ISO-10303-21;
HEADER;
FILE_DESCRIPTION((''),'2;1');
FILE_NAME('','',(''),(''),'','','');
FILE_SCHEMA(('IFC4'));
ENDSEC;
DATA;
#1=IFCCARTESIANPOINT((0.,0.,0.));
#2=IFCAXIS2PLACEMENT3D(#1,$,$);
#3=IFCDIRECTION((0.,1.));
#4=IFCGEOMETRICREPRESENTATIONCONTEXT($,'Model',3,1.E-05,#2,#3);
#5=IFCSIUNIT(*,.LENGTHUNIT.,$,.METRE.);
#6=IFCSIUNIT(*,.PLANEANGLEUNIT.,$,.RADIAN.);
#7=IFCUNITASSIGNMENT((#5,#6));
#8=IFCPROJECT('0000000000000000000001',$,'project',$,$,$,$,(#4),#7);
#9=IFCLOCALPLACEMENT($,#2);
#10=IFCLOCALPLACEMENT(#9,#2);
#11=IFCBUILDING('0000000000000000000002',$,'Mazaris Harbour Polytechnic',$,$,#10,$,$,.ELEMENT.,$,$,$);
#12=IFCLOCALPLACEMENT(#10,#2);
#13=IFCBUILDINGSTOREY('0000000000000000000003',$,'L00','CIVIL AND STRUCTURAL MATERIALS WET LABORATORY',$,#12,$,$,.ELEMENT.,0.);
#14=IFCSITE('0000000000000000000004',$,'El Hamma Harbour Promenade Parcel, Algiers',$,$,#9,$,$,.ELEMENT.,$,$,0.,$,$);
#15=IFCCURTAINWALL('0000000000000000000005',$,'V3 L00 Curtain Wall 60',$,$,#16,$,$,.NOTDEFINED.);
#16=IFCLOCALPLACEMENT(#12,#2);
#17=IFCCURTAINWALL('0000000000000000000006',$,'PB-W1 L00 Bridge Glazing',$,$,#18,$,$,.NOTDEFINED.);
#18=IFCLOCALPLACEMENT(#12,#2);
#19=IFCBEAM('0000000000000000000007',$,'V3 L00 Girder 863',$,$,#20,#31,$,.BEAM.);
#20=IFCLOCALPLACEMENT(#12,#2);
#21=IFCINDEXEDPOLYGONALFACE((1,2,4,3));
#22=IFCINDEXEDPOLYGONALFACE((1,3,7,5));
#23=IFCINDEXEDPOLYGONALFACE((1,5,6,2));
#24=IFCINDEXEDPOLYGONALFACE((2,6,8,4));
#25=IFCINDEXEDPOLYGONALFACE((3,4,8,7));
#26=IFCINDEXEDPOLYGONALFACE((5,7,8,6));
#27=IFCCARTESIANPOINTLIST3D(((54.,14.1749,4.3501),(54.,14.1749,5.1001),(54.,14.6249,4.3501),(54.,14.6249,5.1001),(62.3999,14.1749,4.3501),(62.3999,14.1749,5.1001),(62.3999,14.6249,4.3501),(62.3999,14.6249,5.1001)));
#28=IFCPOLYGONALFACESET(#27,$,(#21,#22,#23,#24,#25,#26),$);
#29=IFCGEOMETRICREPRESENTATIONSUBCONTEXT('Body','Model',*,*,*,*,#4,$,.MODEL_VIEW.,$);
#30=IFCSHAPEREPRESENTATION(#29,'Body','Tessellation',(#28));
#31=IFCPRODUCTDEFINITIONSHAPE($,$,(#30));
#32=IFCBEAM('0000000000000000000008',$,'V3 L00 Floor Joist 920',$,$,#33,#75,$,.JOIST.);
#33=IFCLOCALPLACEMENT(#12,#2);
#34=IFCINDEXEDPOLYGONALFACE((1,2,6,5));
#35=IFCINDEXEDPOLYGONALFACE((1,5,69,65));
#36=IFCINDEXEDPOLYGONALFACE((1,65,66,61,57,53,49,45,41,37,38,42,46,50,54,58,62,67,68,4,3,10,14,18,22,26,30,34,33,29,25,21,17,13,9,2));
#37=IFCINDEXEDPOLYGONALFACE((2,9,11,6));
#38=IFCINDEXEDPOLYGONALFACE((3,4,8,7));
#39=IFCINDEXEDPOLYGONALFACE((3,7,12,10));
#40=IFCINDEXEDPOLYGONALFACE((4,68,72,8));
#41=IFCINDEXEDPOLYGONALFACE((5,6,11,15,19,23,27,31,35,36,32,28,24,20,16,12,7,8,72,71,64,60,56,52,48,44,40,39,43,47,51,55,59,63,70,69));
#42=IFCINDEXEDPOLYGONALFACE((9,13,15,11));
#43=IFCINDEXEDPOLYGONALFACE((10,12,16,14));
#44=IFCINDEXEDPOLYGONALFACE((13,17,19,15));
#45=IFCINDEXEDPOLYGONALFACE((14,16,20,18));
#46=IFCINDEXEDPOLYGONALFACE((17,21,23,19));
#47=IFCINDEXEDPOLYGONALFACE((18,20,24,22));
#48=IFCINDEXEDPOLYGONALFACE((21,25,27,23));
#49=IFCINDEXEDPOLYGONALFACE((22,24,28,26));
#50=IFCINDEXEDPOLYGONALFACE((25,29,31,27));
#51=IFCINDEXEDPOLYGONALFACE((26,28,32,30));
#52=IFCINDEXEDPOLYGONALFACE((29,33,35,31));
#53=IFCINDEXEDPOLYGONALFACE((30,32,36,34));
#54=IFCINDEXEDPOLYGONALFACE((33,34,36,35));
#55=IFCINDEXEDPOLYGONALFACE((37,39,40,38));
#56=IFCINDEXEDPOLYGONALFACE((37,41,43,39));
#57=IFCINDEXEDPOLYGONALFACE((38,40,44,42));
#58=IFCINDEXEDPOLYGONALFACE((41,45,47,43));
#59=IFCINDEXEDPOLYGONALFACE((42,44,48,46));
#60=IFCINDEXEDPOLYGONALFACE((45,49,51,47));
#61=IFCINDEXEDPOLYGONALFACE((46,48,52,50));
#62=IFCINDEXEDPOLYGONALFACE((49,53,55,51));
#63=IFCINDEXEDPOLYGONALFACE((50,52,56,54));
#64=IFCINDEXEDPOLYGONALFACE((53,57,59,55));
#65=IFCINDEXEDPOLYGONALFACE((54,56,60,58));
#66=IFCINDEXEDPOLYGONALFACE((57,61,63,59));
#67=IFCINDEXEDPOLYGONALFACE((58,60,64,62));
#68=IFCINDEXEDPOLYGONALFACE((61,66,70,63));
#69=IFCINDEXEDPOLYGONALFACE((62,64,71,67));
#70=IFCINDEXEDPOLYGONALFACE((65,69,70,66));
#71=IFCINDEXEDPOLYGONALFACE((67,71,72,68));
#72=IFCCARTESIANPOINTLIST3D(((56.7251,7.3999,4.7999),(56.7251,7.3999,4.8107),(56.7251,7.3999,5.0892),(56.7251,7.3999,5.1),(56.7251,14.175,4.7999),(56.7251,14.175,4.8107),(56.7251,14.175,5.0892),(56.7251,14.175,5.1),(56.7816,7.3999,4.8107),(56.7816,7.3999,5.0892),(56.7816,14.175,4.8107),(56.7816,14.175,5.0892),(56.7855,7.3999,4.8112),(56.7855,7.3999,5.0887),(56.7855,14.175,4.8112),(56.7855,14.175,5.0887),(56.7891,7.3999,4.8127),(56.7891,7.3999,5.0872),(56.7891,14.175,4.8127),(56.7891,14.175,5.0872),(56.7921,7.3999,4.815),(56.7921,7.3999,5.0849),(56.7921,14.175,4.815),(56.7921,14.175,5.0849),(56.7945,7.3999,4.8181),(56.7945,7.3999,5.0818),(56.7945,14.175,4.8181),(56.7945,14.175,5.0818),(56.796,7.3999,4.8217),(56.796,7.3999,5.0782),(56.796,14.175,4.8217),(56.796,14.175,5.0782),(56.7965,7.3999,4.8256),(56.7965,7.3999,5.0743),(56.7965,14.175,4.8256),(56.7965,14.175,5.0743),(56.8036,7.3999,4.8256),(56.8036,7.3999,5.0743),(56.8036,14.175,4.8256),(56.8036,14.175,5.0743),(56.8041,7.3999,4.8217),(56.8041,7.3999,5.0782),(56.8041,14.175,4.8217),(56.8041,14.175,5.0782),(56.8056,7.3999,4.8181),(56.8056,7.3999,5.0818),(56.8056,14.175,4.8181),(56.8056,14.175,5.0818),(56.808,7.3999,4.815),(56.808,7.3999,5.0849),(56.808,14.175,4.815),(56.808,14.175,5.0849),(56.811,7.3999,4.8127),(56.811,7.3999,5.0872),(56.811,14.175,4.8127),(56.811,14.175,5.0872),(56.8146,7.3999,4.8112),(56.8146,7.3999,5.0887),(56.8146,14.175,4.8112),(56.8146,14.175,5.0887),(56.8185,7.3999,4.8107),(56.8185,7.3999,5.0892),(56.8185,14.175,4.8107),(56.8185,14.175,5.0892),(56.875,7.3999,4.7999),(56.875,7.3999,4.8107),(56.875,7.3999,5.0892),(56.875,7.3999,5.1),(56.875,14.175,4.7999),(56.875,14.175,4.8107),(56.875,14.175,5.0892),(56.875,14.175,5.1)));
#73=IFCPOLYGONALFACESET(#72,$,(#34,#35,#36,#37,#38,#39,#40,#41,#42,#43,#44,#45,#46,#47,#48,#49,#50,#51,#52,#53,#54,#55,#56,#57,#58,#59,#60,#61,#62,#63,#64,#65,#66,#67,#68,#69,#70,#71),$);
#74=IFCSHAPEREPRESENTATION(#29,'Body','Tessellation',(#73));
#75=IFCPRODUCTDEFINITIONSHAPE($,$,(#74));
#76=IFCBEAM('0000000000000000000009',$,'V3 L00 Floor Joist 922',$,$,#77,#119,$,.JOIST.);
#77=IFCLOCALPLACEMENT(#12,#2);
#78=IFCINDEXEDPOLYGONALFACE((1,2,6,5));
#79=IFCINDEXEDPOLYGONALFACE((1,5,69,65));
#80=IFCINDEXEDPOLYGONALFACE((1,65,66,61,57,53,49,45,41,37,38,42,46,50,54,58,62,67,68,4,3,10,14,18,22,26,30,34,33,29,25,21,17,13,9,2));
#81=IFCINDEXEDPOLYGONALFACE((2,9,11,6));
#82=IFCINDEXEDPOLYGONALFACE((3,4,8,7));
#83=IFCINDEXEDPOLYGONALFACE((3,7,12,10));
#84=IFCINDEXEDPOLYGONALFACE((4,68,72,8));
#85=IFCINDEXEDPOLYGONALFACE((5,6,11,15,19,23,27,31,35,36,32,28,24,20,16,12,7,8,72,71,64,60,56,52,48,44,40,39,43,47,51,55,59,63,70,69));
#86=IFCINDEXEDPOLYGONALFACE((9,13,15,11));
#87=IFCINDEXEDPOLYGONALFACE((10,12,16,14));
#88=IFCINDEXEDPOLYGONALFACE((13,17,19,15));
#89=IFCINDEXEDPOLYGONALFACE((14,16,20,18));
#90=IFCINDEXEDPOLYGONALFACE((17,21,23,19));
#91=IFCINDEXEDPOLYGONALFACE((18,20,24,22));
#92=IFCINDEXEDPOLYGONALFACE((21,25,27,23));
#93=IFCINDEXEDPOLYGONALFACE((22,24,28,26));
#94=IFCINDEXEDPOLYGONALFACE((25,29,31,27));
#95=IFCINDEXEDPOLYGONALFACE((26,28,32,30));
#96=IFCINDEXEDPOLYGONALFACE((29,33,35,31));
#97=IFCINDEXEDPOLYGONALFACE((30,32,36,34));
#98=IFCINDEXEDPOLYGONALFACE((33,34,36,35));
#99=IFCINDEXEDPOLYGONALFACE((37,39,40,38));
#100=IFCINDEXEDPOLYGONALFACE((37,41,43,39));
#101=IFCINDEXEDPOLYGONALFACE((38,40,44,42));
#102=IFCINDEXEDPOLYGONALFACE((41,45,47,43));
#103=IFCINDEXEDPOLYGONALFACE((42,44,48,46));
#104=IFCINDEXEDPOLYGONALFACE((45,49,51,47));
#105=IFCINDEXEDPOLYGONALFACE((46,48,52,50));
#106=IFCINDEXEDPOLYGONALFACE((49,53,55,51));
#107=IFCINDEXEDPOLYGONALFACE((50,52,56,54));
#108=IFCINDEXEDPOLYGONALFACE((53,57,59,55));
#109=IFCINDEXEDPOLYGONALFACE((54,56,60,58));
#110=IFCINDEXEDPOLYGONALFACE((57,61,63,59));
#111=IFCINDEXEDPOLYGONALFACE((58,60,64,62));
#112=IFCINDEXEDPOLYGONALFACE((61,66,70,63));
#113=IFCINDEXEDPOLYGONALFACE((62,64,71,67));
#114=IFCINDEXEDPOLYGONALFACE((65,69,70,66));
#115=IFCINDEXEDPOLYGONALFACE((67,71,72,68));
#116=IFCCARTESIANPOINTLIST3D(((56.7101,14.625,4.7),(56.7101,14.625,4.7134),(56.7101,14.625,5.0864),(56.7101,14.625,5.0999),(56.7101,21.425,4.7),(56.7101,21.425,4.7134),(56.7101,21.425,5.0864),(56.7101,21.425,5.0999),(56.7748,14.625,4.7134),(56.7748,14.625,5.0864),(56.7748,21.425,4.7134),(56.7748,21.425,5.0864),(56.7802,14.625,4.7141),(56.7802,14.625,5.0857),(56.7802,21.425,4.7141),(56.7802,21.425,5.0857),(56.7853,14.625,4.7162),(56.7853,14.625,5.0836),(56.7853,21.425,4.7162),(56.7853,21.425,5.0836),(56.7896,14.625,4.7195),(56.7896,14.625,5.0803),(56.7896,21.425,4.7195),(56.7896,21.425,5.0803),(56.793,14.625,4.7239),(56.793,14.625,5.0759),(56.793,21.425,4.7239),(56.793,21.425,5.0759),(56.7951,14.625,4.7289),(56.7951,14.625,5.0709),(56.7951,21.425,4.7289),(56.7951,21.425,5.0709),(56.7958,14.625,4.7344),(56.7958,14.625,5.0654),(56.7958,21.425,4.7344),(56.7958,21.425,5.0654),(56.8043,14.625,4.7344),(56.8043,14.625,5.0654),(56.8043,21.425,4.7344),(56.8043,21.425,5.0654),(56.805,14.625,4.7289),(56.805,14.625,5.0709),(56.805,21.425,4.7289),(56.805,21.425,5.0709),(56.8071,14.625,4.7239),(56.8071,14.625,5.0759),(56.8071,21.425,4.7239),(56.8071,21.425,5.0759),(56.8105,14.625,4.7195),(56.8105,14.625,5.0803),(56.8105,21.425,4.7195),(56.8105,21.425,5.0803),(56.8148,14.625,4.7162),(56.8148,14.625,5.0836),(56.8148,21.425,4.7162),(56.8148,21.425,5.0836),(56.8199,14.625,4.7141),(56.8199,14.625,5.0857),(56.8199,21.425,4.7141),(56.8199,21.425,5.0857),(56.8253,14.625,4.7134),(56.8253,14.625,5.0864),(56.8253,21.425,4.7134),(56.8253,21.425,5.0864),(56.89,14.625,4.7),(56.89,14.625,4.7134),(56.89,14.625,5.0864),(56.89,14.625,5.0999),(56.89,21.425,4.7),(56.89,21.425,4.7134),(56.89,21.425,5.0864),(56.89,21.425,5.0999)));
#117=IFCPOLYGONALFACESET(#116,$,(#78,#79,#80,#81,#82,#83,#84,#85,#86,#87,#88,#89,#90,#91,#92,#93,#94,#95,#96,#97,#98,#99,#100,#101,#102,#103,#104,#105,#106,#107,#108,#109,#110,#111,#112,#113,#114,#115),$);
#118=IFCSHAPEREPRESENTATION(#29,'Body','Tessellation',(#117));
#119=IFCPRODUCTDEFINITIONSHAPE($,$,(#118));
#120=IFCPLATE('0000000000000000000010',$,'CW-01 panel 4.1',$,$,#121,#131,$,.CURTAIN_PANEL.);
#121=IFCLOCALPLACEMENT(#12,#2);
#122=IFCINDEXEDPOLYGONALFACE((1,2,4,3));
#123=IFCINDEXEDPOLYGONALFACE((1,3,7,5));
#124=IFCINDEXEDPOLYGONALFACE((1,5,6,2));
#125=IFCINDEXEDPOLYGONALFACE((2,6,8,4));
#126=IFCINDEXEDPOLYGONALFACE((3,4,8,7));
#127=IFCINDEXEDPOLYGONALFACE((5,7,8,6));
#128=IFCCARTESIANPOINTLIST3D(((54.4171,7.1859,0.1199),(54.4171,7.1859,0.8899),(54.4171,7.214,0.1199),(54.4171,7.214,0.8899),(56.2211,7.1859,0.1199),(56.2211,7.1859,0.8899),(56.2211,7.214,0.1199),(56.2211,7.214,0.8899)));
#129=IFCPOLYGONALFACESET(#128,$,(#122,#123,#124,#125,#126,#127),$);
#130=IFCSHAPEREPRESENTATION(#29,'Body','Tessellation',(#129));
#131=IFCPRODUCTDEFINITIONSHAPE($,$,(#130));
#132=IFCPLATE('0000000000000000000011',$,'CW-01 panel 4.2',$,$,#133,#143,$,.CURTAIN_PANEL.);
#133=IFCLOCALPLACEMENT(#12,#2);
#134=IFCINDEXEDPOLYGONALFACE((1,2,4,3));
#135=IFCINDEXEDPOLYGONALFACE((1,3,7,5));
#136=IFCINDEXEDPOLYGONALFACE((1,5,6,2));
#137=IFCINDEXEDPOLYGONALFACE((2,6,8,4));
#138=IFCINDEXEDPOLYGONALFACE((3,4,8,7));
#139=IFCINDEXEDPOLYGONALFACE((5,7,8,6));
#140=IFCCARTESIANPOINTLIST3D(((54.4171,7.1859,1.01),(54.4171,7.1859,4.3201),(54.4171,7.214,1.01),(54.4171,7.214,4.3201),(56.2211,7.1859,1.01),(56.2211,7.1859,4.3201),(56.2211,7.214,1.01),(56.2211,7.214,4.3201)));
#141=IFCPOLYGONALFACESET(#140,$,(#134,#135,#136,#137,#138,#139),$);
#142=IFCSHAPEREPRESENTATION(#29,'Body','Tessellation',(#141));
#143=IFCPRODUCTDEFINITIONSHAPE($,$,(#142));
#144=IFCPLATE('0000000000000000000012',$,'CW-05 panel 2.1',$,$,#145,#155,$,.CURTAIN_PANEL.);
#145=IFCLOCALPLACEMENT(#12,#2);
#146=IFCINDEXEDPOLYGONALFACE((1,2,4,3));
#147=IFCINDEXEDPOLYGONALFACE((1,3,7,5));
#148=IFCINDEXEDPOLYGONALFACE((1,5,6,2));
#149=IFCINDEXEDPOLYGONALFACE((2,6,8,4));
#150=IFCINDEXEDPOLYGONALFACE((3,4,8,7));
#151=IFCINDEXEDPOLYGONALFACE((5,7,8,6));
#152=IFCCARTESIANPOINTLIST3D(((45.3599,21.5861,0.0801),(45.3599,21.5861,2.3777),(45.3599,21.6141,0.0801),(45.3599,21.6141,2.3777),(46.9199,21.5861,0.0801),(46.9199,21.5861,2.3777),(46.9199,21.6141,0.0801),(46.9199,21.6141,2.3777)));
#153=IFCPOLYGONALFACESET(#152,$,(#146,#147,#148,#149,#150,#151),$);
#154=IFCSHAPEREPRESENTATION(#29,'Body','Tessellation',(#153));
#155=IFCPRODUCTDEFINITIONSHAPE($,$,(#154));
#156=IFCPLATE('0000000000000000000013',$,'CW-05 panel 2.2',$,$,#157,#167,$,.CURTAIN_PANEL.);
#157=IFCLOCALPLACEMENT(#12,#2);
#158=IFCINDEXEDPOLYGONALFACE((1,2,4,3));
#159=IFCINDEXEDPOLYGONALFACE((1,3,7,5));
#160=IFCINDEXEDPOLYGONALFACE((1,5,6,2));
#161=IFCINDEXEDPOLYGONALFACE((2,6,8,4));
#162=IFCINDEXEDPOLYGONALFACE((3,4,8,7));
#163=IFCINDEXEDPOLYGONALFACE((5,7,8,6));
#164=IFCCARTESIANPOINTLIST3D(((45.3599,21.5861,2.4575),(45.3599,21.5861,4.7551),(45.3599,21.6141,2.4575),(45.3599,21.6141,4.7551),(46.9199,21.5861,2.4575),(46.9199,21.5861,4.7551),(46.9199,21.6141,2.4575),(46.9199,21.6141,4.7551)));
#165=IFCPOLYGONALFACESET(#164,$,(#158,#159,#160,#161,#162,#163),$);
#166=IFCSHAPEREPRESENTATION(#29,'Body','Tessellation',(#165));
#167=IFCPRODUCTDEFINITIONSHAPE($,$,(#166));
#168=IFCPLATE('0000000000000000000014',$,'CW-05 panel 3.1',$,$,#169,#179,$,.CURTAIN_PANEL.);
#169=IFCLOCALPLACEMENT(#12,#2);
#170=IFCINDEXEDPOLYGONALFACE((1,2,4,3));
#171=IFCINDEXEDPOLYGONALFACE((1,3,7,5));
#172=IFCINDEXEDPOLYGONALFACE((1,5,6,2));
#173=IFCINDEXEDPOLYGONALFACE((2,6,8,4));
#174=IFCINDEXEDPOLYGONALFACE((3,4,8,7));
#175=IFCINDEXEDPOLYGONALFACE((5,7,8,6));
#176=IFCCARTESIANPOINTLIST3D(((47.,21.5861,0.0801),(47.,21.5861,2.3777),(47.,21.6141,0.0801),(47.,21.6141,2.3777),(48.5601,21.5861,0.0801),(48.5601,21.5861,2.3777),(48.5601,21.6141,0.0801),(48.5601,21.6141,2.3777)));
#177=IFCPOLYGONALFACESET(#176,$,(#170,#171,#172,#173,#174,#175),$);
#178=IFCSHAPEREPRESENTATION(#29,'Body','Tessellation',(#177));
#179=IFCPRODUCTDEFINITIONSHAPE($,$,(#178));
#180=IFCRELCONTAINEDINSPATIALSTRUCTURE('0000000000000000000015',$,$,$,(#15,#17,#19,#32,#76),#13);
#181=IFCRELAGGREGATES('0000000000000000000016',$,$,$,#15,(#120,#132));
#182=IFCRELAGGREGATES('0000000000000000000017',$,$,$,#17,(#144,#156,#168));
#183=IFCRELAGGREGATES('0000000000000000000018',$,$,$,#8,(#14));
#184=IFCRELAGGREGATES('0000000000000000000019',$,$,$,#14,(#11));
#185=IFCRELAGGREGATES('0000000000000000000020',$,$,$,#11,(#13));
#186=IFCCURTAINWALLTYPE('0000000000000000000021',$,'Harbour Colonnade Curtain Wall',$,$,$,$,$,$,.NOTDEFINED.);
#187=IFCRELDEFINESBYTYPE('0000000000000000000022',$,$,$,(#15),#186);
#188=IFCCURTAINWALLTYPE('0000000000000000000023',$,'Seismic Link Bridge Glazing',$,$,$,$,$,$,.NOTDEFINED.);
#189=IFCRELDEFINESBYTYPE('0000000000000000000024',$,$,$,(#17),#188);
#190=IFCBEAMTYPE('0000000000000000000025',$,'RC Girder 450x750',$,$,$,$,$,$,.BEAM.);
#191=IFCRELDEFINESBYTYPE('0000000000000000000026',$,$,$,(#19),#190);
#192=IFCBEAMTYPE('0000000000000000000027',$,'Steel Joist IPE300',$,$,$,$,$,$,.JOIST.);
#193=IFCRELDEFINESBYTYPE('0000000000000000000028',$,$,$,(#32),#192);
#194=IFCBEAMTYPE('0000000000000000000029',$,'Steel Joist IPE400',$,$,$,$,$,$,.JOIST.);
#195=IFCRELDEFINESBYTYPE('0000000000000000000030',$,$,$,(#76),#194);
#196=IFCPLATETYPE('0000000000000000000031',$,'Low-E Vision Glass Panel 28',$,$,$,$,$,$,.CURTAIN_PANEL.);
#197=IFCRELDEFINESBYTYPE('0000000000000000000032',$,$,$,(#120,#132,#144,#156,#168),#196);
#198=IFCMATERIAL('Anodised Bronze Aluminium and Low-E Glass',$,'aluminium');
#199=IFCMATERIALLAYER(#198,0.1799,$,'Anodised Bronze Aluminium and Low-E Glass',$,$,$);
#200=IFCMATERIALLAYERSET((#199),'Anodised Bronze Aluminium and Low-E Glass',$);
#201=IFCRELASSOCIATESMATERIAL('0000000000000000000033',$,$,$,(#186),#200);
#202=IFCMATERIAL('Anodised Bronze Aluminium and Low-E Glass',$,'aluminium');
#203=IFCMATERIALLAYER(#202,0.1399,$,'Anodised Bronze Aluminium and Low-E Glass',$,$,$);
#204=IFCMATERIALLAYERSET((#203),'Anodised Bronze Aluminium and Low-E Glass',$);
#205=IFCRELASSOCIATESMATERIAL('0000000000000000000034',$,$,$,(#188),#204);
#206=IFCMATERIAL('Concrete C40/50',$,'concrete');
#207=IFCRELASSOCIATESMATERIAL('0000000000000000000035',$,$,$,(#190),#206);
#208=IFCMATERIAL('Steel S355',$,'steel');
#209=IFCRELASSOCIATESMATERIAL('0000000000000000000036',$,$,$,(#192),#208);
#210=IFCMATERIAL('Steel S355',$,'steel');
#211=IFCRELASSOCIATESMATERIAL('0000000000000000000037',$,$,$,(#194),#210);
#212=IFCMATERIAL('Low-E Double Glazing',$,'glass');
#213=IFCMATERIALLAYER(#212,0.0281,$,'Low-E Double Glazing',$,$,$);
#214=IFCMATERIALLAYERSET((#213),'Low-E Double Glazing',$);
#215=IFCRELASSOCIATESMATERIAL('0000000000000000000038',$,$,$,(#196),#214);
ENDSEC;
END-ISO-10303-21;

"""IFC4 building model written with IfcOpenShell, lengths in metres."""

from ifc_helpers import new_model, si_unit, direction, frame, origin, origin_2d, place, context, subcontext, project, spatial, rectangle, i_section, extrude, material, layer, layer_set, material_profile, profile_set, type_object, element, aggregate, save


model = new_model("IFC4")

# Units and contexts
model_context = context("Model", 3, precision=1e-05, world=origin(), true_north=direction((0.0, 1.0)))
body_context = subcontext(model_context, "Body", "Model", "MODEL_VIEW")
ifc_project = project(units=[si_unit("LENGTHUNIT", "METRE"), si_unit("PLANEANGLEUNIT", "RADIAN")], contexts=[model_context])

# Site, building, storey
site_placement = place(None, origin())
site = spatial("IfcSite", under=ifc_project, at=site_placement, Name="El Hamma Harbour Promenade Parcel, Algiers", CompositionType="ELEMENT", RefElevation=0.0)
building_placement = place(site_placement, origin())
building = spatial("IfcBuilding", under=site, at=building_placement, Name="Mazaris Harbour Polytechnic", CompositionType="ELEMENT")
storey_placement = place(building_placement, origin())
storey = spatial("IfcBuildingStorey", under=building, at=storey_placement, Name="L00", Description="CIVIL AND STRUCTURAL MATERIALS WET LABORATORY", CompositionType="ELEMENT", Elevation=0.0)

# Curtain walls
ifc_material_1 = material(Name="Anodised Bronze Aluminium and Low-E Glass", Category="aluminium")
ifc_layer_1 = layer(ifc_material_1, 0.1799, Name="Anodised Bronze Aluminium and Low-E Glass")
ifc_layer_set_1 = layer_set([ifc_layer_1], Name="Anodised Bronze Aluminium and Low-E Glass")
curtain_wall_type_1 = type_object("IfcCurtainWallType", Name="Harbour Colonnade Curtain Wall", PredefinedType="NOTDEFINED", material=ifc_layer_set_1)
curtain_wall_1_placement = place(storey_placement, origin())
curtain_wall_1 = element("IfcCurtainWall", 1, at=curtain_wall_1_placement, inside=storey, type_object=curtain_wall_type_1, Name="V3 L00 Curtain Wall 60", PredefinedType="NOTDEFINED")
ifc_material_2 = material(Name="Anodised Bronze Aluminium and Low-E Glass", Category="aluminium")
ifc_layer_2 = layer(ifc_material_2, 0.1399, Name="Anodised Bronze Aluminium and Low-E Glass")
ifc_layer_set_2 = layer_set([ifc_layer_2], Name="Anodised Bronze Aluminium and Low-E Glass")
curtain_wall_type_2 = type_object("IfcCurtainWallType", Name="Seismic Link Bridge Glazing", PredefinedType="NOTDEFINED", material=ifc_layer_set_2)
curtain_wall_2_placement = place(storey_placement, origin())
curtain_wall_2 = element("IfcCurtainWall", 2, at=curtain_wall_2_placement, inside=storey, type_object=curtain_wall_type_2, Name="PB-W1 L00 Bridge Glazing", PredefinedType="NOTDEFINED")

# Beams
ifc_material_3 = material(Name="Concrete C40/50", Category="concrete")
ifc_material_profile_1 = material_profile(ifc_material_3, rectangle(XDim=0.45, YDim=0.75, at=origin_2d()), Name="RECT450x750")
ifc_profile_set_1 = profile_set([ifc_material_profile_1], Name="Concrete C40/50")
beam_type_1 = type_object("IfcBeamType", Name="RC Girder 450x750", PredefinedType="BEAM", material=ifc_profile_set_1)
beam_1_placement = place(storey_placement, frame((54.0, 14.3999, 4.7251), z_axis=(1.0, 0.0, 0.0), x_axis=(0.0, 1.0, 0.0)))
element("IfcBeam", 3, at=beam_1_placement, inside=storey, type_object=beam_type_1, Name="V3 L00 Girder 863", PredefinedType="BEAM", context=body_context, shape_type="SweptSolid", body=[
    extrude(rectangle(XDim=0.45, YDim=0.75, at=origin_2d()), origin(), (0.0, 0.0, 1.0), 8.3999),
])
ifc_material_4 = material(Name="Steel S355", Category="steel")
ifc_material_profile_2 = material_profile(ifc_material_4, i_section(OverallWidth=0.1499, OverallDepth=0.3, WebThickness=0.0071, FlangeThickness=0.0107, FilletRadius=0.0149, at=origin_2d()), Name="IPE 300")
ifc_profile_set_2 = profile_set([ifc_material_profile_2], Name="Steel S355")
beam_type_2 = type_object("IfcBeamType", Name="Steel Joist IPE300", PredefinedType="JOIST", material=ifc_profile_set_2)
beam_2_placement = place(storey_placement, frame((56.8, 7.3999, 4.95), z_axis=(0.0, 1.0, 0.0), x_axis=(-1.0, 0.0, 0.0)))
element("IfcBeam", 4, at=beam_2_placement, inside=storey, type_object=beam_type_2, Name="V3 L00 Floor Joist 920", PredefinedType="JOIST", context=body_context, shape_type="SweptSolid", body=[
    extrude(i_section(OverallWidth=0.1499, OverallDepth=0.3, WebThickness=0.0071, FlangeThickness=0.0107, FilletRadius=0.0149, at=origin_2d()), origin(), (0.0, 0.0, 1.0), 6.7751),
])
ifc_material_5 = material(Name="Steel S355", Category="steel")
ifc_material_profile_3 = material_profile(ifc_material_5, i_section(OverallWidth=0.1799, OverallDepth=0.3999, WebThickness=0.0085, FlangeThickness=0.0134, FilletRadius=0.021, at=origin_2d()), Name="IPE 400")
ifc_profile_set_3 = profile_set([ifc_material_profile_3], Name="Steel S355")
beam_type_3 = type_object("IfcBeamType", Name="Steel Joist IPE400", PredefinedType="JOIST", material=ifc_profile_set_3)
beam_3_placement = place(storey_placement, frame((56.8, 14.625, 4.8999), z_axis=(0.0, 1.0, 0.0), x_axis=(-1.0, 0.0, 0.0)))
element("IfcBeam", 5, at=beam_3_placement, inside=storey, type_object=beam_type_3, Name="V3 L00 Floor Joist 922", PredefinedType="JOIST", context=body_context, shape_type="SweptSolid", body=[
    extrude(i_section(OverallWidth=0.1799, OverallDepth=0.3999, WebThickness=0.0085, FlangeThickness=0.0134, FilletRadius=0.021, at=origin_2d()), origin(), (0.0, 0.0, 1.0), 6.8),
])

# Plates
ifc_material_6 = material(Name="Low-E Double Glazing", Category="glass")
ifc_layer_3 = layer(ifc_material_6, 0.0281, Name="Low-E Double Glazing")
ifc_layer_set_3 = layer_set([ifc_layer_3], Name="Low-E Double Glazing")
plate_type = type_object("IfcPlateType", Name="Low-E Vision Glass Panel 28", PredefinedType="CURTAIN_PANEL", material=ifc_layer_set_3)
plate_1_placement = place(storey_placement, frame((55.3191, 7.2, 0.1199), z_axis=(0.0, 0.0, 1.0), x_axis=(-1.0, 0.0, 0.0)))
plate_1 = element("IfcPlate", 6, at=plate_1_placement, type_object=plate_type, Name="CW-01 panel 4.1", PredefinedType="CURTAIN_PANEL", context=body_context, shape_type="SweptSolid", body=[
    extrude(rectangle(XDim=1.804, YDim=0.0281, at=origin_2d()), origin(), (0.0, 0.0, 1.0), 0.77),
])
plate_2_placement = place(storey_placement, frame((55.3191, 7.2, 1.01), z_axis=(0.0, 0.0, 1.0), x_axis=(-1.0, 0.0, 0.0)))
plate_2 = element("IfcPlate", 7, at=plate_2_placement, type_object=plate_type, Name="CW-01 panel 4.2", PredefinedType="CURTAIN_PANEL", context=body_context, shape_type="SweptSolid", body=[
    extrude(rectangle(XDim=1.804, YDim=0.0281, at=origin_2d()), origin(), (0.0, 0.0, 1.0), 3.3101),
])
aggregate(curtain_wall_1, [plate_1, plate_2])
plate_3_placement = place(storey_placement, frame((46.1399, 21.6001, 0.0801), z_axis=(0.0, 0.0, 1.0), x_axis=(1.0, 0.0, 0.0)))
plate_3 = element("IfcPlate", 8, at=plate_3_placement, type_object=plate_type, Name="CW-05 panel 2.1", PredefinedType="CURTAIN_PANEL", context=body_context, shape_type="SweptSolid", body=[
    extrude(rectangle(XDim=1.5601, YDim=0.0281, at=origin_2d()), origin(), (0.0, 0.0, 1.0), 2.2976),
])
plate_4_placement = place(storey_placement, frame((46.1399, 21.6001, 2.4575), z_axis=(0.0, 0.0, 1.0), x_axis=(1.0, 0.0, 0.0)))
plate_4 = element("IfcPlate", 9, at=plate_4_placement, type_object=plate_type, Name="CW-05 panel 2.2", PredefinedType="CURTAIN_PANEL", context=body_context, shape_type="SweptSolid", body=[
    extrude(rectangle(XDim=1.5601, YDim=0.0281, at=origin_2d()), origin(), (0.0, 0.0, 1.0), 2.2976),
])
plate_5_placement = place(storey_placement, frame((47.78, 21.6001, 0.0801), z_axis=(0.0, 0.0, 1.0), x_axis=(1.0, 0.0, 0.0)))
plate_5 = element("IfcPlate", 10, at=plate_5_placement, type_object=plate_type, Name="CW-05 panel 3.1", PredefinedType="CURTAIN_PANEL", context=body_context, shape_type="SweptSolid", body=[
    extrude(rectangle(XDim=1.5601, YDim=0.0281, at=origin_2d()), origin(), (0.0, 0.0, 1.0), 2.2976),
])
aggregate(curtain_wall_2, [plate_3, plate_4, plate_5])

save(model, "model.ifc")
